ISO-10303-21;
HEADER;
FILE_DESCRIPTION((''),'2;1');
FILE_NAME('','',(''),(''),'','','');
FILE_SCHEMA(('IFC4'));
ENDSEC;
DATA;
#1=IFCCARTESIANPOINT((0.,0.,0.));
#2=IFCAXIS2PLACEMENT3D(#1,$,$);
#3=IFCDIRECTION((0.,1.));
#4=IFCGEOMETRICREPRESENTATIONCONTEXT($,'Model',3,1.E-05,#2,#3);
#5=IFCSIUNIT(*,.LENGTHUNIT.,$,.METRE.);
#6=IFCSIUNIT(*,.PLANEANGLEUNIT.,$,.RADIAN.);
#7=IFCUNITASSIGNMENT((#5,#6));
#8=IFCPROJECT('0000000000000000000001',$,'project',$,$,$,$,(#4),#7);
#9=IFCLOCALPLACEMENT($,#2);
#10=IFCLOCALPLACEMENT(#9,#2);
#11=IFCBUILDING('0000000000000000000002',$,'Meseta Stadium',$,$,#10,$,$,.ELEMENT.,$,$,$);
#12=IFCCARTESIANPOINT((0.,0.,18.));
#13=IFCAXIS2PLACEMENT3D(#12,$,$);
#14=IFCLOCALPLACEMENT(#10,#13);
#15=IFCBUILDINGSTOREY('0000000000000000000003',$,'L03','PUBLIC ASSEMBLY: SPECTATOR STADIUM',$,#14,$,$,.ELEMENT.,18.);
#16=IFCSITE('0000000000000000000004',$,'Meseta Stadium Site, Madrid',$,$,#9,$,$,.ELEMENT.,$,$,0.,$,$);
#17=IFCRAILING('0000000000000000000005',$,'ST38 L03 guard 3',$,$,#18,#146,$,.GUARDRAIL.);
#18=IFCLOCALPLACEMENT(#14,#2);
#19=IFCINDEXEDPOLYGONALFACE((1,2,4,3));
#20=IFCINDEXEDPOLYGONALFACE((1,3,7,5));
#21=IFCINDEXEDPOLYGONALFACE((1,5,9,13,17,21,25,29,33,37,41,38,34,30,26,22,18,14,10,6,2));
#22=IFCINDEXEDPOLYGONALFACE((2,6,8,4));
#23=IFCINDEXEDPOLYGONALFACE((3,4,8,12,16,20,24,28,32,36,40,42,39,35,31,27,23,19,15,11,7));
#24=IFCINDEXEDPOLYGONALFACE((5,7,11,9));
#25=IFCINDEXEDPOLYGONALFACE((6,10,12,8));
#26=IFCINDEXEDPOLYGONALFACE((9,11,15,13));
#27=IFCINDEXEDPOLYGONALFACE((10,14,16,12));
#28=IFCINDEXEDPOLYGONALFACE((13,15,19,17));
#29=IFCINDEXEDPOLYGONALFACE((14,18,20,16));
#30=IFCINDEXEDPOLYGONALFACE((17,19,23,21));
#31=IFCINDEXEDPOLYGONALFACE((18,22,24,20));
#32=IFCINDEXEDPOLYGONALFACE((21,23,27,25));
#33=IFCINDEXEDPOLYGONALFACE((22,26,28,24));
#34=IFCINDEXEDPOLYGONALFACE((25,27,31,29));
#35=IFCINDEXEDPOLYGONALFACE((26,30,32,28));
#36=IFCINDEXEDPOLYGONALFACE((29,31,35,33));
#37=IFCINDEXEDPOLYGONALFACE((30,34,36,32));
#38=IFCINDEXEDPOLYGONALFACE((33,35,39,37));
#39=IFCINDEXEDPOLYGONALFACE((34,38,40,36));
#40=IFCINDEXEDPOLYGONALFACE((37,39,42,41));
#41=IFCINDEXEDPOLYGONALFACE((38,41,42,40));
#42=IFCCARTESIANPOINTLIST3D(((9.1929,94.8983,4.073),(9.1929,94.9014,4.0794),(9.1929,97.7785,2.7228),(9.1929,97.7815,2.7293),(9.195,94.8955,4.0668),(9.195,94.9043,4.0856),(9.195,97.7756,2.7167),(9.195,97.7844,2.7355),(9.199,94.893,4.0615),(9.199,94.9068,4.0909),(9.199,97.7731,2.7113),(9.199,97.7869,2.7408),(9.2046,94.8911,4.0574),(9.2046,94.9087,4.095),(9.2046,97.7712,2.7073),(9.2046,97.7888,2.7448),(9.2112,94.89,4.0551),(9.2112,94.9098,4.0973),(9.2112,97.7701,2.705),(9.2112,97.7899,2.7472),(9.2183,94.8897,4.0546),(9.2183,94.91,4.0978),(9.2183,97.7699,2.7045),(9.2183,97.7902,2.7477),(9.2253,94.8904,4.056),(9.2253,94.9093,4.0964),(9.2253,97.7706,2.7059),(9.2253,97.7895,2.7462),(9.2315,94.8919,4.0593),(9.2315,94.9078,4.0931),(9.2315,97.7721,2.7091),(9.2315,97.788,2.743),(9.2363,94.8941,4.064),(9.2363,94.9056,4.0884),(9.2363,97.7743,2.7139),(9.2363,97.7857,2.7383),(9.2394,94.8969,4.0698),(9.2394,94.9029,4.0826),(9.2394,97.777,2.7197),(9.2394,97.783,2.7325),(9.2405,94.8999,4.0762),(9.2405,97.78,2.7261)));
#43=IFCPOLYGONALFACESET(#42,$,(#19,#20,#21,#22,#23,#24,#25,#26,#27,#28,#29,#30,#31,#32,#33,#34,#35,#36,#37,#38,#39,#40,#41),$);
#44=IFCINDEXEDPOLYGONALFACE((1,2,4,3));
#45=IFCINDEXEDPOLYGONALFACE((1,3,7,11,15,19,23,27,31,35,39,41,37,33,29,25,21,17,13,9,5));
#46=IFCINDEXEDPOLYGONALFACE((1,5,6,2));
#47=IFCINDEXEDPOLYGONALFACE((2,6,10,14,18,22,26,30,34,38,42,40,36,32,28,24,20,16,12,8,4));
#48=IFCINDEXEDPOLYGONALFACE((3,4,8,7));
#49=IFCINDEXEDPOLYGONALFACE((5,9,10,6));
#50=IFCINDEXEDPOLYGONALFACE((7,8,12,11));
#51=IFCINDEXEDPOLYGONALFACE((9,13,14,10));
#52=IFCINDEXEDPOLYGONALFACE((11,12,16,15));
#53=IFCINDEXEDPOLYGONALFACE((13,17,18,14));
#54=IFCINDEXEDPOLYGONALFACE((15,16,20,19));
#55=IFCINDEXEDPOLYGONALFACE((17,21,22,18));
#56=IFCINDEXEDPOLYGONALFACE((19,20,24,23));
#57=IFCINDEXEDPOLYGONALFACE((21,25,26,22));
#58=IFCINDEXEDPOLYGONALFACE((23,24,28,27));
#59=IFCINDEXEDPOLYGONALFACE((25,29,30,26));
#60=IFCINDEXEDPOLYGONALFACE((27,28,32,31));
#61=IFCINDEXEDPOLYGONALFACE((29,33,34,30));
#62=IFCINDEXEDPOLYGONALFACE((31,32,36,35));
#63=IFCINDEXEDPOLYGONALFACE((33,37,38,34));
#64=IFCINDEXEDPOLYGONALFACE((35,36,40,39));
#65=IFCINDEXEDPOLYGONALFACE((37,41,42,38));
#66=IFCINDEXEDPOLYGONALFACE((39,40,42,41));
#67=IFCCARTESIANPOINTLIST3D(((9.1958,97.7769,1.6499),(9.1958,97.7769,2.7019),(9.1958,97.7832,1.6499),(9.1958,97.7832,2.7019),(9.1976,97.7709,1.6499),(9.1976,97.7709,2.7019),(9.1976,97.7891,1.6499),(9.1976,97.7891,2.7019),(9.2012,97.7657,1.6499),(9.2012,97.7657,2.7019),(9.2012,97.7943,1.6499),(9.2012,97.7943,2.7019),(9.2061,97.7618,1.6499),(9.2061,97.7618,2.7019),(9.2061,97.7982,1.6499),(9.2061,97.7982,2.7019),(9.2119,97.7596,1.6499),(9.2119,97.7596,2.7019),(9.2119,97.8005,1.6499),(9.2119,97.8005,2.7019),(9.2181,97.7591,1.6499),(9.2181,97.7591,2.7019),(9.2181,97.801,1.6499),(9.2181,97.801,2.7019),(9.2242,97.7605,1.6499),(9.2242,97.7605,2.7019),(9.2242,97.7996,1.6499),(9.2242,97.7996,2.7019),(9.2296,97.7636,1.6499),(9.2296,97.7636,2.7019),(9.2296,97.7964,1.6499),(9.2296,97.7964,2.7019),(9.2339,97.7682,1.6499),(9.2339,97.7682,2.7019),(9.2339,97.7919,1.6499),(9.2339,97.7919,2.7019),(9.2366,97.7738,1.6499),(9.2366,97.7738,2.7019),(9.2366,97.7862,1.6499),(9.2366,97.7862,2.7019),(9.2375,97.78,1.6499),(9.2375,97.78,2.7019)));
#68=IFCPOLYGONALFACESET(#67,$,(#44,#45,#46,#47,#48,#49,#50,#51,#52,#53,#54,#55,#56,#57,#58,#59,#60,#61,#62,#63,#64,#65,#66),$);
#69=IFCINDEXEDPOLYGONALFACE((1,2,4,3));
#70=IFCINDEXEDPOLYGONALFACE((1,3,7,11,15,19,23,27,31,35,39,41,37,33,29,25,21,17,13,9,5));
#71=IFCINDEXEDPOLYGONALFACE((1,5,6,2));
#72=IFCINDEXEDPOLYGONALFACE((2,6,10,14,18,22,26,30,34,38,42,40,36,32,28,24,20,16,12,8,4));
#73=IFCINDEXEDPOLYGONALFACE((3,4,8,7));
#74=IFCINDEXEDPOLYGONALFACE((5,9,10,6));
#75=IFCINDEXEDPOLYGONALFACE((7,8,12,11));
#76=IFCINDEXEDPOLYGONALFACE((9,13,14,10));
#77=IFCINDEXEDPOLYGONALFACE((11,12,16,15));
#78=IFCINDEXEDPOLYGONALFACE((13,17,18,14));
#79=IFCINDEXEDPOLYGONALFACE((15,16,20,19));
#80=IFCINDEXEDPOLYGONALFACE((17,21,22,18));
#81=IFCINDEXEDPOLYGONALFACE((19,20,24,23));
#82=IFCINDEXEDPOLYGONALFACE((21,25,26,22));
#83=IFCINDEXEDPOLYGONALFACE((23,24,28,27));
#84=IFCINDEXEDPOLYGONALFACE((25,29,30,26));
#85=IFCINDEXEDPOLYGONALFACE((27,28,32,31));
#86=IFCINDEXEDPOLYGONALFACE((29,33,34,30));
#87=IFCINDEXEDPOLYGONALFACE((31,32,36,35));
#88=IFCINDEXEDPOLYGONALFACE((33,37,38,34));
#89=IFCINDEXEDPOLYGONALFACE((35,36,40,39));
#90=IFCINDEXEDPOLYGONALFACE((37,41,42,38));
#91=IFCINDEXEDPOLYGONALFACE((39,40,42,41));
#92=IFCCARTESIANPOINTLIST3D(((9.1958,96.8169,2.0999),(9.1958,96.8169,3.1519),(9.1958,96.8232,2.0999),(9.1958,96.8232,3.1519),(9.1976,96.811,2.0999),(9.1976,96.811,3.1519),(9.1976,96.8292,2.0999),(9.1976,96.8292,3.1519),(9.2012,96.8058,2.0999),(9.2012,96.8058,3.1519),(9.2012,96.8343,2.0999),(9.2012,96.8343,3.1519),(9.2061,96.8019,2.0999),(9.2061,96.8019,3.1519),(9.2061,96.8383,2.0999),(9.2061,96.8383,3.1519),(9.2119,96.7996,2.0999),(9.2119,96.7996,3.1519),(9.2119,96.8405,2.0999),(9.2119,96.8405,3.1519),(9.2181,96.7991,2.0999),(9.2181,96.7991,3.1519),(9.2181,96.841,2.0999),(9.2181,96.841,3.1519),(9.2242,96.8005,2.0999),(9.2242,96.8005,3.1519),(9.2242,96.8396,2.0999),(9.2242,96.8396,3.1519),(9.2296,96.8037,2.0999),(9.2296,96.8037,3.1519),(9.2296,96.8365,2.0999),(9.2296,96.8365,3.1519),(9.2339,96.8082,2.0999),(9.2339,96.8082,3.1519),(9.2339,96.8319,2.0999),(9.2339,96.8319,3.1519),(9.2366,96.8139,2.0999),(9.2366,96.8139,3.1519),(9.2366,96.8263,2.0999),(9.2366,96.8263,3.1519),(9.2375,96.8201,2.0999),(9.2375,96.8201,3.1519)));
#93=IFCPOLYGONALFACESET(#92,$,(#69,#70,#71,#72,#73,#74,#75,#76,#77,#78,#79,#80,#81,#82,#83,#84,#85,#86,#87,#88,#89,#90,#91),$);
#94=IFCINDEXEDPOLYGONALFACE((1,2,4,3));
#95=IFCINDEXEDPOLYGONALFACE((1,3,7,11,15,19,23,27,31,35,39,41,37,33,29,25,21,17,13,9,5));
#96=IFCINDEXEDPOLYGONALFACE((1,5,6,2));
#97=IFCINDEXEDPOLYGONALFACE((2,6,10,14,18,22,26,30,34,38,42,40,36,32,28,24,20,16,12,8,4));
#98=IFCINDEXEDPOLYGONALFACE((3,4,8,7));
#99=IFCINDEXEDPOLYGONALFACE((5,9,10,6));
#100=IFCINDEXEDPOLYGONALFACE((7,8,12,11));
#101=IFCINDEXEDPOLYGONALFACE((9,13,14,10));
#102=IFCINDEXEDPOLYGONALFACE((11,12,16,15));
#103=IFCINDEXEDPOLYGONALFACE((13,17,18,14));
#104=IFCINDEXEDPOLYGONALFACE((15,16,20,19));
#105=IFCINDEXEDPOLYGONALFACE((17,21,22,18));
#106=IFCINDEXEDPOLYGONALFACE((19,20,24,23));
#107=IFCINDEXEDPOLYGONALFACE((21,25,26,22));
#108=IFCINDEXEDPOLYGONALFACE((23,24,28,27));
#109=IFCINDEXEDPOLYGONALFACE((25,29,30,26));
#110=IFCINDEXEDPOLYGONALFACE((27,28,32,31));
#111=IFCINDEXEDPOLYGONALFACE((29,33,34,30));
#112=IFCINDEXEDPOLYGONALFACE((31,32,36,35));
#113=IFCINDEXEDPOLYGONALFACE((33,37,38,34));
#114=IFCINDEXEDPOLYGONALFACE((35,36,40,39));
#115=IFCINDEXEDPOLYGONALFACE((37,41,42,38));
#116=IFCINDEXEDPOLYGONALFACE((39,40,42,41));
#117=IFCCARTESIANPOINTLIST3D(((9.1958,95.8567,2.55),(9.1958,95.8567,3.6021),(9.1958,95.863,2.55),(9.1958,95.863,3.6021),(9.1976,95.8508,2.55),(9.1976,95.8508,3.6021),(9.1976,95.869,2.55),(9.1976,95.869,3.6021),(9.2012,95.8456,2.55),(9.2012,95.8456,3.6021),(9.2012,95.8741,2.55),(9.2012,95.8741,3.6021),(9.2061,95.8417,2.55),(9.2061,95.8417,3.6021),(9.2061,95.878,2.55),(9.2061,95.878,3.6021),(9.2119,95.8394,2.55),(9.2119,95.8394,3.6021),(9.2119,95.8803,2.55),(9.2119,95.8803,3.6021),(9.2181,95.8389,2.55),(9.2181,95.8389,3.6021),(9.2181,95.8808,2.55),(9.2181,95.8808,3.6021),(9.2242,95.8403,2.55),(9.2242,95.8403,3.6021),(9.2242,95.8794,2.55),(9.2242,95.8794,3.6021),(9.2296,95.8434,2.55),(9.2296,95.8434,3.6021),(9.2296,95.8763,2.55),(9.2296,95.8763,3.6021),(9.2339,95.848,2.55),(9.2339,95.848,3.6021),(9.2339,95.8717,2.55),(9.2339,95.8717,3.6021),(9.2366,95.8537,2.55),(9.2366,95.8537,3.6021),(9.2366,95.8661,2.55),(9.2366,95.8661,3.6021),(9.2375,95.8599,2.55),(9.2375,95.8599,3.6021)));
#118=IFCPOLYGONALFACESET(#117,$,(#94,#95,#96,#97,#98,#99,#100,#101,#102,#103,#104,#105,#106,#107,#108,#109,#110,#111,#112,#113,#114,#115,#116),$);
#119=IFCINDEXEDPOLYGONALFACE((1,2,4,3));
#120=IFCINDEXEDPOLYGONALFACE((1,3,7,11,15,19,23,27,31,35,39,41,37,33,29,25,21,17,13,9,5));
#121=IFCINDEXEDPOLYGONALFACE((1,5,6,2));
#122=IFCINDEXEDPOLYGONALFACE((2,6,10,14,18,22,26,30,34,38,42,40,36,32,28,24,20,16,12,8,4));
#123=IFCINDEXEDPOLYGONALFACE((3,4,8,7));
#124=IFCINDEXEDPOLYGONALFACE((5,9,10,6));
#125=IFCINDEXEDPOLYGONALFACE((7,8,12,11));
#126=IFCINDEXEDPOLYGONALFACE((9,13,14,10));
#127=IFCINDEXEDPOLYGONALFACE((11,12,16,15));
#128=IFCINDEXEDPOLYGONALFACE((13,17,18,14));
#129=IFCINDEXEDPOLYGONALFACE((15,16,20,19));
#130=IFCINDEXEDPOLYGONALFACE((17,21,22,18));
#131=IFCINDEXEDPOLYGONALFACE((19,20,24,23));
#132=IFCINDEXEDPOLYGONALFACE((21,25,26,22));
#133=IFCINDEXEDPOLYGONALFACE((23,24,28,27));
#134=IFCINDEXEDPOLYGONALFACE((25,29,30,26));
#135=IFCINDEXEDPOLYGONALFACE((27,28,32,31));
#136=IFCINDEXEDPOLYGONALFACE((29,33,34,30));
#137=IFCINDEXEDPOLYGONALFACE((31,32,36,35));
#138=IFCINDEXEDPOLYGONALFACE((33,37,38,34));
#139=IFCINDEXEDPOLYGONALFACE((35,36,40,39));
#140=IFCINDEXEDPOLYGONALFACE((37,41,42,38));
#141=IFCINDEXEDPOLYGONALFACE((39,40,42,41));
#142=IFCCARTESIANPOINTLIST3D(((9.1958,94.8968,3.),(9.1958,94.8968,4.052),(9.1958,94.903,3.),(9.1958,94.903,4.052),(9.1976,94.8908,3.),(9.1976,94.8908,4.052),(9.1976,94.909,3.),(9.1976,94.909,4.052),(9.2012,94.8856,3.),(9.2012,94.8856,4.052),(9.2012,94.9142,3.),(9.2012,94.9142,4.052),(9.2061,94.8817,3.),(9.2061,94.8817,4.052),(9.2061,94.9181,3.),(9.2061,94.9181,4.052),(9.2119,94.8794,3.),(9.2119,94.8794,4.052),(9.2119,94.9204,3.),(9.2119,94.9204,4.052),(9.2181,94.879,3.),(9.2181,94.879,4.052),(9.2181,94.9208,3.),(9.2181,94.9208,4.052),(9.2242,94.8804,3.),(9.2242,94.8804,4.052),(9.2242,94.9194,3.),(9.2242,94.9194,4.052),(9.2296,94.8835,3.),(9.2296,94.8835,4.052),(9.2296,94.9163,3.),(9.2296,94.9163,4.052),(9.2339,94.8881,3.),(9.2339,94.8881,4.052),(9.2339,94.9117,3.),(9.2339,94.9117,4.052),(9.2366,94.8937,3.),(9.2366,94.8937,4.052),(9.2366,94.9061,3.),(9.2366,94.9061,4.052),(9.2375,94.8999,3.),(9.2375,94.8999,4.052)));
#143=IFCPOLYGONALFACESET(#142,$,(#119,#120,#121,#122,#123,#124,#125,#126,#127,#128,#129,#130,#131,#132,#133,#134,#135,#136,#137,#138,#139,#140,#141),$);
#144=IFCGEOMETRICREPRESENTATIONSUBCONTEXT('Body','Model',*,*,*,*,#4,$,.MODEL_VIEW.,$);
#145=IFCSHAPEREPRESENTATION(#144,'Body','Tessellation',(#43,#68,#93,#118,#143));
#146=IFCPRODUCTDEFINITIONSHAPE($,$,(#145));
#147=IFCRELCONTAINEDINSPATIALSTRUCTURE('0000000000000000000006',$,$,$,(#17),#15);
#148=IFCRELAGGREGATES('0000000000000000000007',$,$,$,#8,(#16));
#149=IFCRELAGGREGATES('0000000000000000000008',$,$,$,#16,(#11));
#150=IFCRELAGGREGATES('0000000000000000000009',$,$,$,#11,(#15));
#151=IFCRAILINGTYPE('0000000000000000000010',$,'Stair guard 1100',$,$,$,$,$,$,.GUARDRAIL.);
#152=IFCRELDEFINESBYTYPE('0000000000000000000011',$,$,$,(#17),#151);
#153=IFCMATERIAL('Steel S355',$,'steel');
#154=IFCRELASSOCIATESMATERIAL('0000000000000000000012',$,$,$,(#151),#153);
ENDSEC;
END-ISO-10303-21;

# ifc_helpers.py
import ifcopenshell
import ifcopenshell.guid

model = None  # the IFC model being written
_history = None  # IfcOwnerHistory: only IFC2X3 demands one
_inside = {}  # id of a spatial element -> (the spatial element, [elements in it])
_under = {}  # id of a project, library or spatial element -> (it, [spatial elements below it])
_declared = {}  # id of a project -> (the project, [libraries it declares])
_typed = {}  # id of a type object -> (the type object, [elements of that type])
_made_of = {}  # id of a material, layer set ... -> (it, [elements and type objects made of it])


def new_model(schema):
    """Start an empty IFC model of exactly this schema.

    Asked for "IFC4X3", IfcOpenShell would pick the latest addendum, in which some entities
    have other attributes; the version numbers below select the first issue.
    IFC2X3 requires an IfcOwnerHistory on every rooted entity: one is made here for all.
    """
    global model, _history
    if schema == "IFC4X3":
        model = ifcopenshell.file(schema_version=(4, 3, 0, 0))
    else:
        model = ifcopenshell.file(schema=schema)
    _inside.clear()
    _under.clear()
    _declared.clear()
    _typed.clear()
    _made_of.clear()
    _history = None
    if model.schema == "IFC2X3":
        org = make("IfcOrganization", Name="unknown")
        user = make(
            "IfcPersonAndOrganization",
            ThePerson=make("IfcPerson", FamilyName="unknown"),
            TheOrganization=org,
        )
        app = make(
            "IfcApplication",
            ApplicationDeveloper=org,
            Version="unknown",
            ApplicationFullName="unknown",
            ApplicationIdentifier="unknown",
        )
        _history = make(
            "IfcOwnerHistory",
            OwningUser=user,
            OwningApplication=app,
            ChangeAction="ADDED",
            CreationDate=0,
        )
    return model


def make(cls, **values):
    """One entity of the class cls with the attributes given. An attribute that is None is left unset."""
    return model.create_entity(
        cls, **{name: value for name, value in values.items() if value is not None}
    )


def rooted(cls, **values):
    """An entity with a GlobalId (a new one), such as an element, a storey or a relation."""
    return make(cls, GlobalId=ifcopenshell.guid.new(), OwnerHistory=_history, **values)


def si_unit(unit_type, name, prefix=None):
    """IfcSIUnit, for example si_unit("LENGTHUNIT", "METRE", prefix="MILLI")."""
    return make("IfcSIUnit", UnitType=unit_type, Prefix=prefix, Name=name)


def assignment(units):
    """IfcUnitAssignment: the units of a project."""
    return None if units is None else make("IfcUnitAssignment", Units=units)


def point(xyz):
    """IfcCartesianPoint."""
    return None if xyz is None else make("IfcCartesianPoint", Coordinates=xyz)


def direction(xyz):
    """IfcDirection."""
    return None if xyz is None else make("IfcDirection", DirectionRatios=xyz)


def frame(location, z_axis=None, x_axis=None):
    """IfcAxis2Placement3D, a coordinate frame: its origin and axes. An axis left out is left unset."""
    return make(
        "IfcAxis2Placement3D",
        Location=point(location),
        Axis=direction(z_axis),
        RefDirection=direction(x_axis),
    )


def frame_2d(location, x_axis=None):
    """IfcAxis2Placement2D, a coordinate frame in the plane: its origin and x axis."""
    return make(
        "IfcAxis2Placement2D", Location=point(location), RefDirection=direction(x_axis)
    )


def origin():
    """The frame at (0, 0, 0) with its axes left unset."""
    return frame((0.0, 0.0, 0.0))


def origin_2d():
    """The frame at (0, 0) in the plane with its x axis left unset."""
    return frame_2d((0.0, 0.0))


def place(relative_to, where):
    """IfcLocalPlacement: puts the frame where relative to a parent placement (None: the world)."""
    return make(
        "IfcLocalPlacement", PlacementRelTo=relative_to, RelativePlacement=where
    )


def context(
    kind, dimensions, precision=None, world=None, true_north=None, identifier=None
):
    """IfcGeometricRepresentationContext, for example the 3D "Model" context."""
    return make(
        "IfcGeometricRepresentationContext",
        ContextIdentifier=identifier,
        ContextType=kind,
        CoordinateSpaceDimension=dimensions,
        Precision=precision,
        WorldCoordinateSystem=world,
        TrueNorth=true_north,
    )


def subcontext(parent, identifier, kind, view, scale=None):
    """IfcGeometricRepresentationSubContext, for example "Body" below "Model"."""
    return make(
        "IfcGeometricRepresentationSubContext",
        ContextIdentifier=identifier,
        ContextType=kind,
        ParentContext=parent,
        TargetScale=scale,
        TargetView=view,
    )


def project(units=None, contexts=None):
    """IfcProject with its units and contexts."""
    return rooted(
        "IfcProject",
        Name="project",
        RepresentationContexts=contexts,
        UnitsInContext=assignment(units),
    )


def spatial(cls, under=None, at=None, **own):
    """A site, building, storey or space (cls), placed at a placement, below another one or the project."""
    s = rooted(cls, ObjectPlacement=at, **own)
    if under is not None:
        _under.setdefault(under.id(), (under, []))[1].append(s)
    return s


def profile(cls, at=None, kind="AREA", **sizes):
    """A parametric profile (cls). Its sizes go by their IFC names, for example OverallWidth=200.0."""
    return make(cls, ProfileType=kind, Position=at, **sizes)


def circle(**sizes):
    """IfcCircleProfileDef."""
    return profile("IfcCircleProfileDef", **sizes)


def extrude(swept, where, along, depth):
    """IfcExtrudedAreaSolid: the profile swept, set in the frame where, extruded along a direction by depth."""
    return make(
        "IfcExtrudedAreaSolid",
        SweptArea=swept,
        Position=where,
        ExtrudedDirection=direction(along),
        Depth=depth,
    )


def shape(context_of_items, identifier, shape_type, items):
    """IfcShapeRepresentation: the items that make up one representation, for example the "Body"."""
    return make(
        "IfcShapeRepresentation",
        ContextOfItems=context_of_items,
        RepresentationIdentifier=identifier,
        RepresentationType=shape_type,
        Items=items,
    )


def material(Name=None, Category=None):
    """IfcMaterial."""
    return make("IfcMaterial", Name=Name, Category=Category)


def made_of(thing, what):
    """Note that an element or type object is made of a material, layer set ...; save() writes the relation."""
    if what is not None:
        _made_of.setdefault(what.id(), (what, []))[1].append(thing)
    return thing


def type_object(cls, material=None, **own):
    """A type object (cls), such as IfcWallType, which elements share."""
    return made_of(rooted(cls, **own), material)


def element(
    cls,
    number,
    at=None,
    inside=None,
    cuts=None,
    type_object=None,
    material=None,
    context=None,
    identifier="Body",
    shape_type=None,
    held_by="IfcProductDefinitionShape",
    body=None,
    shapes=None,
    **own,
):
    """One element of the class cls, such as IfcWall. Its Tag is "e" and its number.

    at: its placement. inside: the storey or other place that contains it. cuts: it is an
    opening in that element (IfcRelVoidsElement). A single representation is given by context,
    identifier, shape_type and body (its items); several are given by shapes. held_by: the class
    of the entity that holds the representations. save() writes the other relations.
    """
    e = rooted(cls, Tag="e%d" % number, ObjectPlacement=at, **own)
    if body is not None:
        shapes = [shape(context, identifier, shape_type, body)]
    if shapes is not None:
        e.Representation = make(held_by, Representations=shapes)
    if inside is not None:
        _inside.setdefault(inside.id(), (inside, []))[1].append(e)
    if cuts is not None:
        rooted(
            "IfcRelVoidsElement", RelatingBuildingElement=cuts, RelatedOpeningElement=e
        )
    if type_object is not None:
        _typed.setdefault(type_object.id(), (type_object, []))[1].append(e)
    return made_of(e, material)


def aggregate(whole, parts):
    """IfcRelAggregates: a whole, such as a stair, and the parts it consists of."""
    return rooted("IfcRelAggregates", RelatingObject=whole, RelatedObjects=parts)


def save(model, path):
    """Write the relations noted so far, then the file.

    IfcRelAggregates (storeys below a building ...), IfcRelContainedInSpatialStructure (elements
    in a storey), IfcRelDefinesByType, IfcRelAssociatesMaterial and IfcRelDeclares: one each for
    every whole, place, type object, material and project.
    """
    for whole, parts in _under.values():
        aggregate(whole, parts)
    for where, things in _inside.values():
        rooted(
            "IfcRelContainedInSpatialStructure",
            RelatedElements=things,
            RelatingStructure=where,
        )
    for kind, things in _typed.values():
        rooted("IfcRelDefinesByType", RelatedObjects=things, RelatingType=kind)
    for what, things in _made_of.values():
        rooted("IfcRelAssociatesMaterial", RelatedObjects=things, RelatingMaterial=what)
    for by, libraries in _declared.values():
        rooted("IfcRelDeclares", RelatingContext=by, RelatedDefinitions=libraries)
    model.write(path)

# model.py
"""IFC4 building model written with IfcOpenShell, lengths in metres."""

from ifc_helpers import new_model, si_unit, direction, frame, origin, origin_2d, place, context, subcontext, project, spatial, circle, extrude, material, type_object, element, save


model = new_model("IFC4")

# Units and contexts
model_context = context("Model", 3, precision=1e-05, world=origin(), true_north=direction((0.0, 1.0)))
body_context = subcontext(model_context, "Body", "Model", "MODEL_VIEW")
ifc_project = project(units=[si_unit("LENGTHUNIT", "METRE"), si_unit("PLANEANGLEUNIT", "RADIAN")], contexts=[model_context])

# Site, building, storey
site_placement = place(None, origin())
site = spatial("IfcSite", under=ifc_project, at=site_placement, Name="Meseta Stadium Site, Madrid", CompositionType="ELEMENT", RefElevation=0.0)
building_placement = place(site_placement, origin())
building = spatial("IfcBuilding", under=site, at=building_placement, Name="Meseta Stadium", CompositionType="ELEMENT")
storey_placement = place(building_placement, frame((0.0, 0.0, 18.0)))
storey = spatial("IfcBuildingStorey", under=building, at=storey_placement, Name="L03", Description="PUBLIC ASSEMBLY: SPECTATOR STADIUM", CompositionType="ELEMENT", Elevation=18.0)

# Railing
ifc_material_1 = material(Name="Steel S355", Category="steel")
railing_type = type_object("IfcRailingType", Name="Stair guard 1100", PredefinedType="GUARDRAIL", material=ifc_material_1)
railing_1_placement = place(storey_placement, frame((9.2166, 97.78, 1.6499)))
element("IfcRailing", 1, at=railing_1_placement, inside=storey, type_object=railing_type, Name="ST38 L03 guard 3", PredefinedType="GUARDRAIL", context=body_context, shape_type="SweptSolid", body=[
    extrude(circle(Radius=0.0239, at=origin_2d()), frame((0.0, 0.0, 1.0762), z_axis=(0.0, -0.905454, 0.424444), x_axis=(1.0, 0.0, 0.0)), (0.0, 0.0, 1.0), 3.1809),
    extrude(circle(Radius=0.021, at=origin_2d()), origin(), (0.0, 0.0, 1.0), 1.052),
    extrude(circle(Radius=0.021, at=origin_2d()), frame((0.0, -0.96, 0.45)), (0.0, 0.0, 1.0), 1.052),
    extrude(circle(Radius=0.021, at=origin_2d()), frame((0.0, -1.9202, 0.9001)), (0.0, 0.0, 1.0), 1.052),
    extrude(circle(Radius=0.021, at=origin_2d()), frame((0.0, -2.8801, 1.3501)), (0.0, 0.0, 1.0), 1.052),
])

save(model, "model.ifc")
